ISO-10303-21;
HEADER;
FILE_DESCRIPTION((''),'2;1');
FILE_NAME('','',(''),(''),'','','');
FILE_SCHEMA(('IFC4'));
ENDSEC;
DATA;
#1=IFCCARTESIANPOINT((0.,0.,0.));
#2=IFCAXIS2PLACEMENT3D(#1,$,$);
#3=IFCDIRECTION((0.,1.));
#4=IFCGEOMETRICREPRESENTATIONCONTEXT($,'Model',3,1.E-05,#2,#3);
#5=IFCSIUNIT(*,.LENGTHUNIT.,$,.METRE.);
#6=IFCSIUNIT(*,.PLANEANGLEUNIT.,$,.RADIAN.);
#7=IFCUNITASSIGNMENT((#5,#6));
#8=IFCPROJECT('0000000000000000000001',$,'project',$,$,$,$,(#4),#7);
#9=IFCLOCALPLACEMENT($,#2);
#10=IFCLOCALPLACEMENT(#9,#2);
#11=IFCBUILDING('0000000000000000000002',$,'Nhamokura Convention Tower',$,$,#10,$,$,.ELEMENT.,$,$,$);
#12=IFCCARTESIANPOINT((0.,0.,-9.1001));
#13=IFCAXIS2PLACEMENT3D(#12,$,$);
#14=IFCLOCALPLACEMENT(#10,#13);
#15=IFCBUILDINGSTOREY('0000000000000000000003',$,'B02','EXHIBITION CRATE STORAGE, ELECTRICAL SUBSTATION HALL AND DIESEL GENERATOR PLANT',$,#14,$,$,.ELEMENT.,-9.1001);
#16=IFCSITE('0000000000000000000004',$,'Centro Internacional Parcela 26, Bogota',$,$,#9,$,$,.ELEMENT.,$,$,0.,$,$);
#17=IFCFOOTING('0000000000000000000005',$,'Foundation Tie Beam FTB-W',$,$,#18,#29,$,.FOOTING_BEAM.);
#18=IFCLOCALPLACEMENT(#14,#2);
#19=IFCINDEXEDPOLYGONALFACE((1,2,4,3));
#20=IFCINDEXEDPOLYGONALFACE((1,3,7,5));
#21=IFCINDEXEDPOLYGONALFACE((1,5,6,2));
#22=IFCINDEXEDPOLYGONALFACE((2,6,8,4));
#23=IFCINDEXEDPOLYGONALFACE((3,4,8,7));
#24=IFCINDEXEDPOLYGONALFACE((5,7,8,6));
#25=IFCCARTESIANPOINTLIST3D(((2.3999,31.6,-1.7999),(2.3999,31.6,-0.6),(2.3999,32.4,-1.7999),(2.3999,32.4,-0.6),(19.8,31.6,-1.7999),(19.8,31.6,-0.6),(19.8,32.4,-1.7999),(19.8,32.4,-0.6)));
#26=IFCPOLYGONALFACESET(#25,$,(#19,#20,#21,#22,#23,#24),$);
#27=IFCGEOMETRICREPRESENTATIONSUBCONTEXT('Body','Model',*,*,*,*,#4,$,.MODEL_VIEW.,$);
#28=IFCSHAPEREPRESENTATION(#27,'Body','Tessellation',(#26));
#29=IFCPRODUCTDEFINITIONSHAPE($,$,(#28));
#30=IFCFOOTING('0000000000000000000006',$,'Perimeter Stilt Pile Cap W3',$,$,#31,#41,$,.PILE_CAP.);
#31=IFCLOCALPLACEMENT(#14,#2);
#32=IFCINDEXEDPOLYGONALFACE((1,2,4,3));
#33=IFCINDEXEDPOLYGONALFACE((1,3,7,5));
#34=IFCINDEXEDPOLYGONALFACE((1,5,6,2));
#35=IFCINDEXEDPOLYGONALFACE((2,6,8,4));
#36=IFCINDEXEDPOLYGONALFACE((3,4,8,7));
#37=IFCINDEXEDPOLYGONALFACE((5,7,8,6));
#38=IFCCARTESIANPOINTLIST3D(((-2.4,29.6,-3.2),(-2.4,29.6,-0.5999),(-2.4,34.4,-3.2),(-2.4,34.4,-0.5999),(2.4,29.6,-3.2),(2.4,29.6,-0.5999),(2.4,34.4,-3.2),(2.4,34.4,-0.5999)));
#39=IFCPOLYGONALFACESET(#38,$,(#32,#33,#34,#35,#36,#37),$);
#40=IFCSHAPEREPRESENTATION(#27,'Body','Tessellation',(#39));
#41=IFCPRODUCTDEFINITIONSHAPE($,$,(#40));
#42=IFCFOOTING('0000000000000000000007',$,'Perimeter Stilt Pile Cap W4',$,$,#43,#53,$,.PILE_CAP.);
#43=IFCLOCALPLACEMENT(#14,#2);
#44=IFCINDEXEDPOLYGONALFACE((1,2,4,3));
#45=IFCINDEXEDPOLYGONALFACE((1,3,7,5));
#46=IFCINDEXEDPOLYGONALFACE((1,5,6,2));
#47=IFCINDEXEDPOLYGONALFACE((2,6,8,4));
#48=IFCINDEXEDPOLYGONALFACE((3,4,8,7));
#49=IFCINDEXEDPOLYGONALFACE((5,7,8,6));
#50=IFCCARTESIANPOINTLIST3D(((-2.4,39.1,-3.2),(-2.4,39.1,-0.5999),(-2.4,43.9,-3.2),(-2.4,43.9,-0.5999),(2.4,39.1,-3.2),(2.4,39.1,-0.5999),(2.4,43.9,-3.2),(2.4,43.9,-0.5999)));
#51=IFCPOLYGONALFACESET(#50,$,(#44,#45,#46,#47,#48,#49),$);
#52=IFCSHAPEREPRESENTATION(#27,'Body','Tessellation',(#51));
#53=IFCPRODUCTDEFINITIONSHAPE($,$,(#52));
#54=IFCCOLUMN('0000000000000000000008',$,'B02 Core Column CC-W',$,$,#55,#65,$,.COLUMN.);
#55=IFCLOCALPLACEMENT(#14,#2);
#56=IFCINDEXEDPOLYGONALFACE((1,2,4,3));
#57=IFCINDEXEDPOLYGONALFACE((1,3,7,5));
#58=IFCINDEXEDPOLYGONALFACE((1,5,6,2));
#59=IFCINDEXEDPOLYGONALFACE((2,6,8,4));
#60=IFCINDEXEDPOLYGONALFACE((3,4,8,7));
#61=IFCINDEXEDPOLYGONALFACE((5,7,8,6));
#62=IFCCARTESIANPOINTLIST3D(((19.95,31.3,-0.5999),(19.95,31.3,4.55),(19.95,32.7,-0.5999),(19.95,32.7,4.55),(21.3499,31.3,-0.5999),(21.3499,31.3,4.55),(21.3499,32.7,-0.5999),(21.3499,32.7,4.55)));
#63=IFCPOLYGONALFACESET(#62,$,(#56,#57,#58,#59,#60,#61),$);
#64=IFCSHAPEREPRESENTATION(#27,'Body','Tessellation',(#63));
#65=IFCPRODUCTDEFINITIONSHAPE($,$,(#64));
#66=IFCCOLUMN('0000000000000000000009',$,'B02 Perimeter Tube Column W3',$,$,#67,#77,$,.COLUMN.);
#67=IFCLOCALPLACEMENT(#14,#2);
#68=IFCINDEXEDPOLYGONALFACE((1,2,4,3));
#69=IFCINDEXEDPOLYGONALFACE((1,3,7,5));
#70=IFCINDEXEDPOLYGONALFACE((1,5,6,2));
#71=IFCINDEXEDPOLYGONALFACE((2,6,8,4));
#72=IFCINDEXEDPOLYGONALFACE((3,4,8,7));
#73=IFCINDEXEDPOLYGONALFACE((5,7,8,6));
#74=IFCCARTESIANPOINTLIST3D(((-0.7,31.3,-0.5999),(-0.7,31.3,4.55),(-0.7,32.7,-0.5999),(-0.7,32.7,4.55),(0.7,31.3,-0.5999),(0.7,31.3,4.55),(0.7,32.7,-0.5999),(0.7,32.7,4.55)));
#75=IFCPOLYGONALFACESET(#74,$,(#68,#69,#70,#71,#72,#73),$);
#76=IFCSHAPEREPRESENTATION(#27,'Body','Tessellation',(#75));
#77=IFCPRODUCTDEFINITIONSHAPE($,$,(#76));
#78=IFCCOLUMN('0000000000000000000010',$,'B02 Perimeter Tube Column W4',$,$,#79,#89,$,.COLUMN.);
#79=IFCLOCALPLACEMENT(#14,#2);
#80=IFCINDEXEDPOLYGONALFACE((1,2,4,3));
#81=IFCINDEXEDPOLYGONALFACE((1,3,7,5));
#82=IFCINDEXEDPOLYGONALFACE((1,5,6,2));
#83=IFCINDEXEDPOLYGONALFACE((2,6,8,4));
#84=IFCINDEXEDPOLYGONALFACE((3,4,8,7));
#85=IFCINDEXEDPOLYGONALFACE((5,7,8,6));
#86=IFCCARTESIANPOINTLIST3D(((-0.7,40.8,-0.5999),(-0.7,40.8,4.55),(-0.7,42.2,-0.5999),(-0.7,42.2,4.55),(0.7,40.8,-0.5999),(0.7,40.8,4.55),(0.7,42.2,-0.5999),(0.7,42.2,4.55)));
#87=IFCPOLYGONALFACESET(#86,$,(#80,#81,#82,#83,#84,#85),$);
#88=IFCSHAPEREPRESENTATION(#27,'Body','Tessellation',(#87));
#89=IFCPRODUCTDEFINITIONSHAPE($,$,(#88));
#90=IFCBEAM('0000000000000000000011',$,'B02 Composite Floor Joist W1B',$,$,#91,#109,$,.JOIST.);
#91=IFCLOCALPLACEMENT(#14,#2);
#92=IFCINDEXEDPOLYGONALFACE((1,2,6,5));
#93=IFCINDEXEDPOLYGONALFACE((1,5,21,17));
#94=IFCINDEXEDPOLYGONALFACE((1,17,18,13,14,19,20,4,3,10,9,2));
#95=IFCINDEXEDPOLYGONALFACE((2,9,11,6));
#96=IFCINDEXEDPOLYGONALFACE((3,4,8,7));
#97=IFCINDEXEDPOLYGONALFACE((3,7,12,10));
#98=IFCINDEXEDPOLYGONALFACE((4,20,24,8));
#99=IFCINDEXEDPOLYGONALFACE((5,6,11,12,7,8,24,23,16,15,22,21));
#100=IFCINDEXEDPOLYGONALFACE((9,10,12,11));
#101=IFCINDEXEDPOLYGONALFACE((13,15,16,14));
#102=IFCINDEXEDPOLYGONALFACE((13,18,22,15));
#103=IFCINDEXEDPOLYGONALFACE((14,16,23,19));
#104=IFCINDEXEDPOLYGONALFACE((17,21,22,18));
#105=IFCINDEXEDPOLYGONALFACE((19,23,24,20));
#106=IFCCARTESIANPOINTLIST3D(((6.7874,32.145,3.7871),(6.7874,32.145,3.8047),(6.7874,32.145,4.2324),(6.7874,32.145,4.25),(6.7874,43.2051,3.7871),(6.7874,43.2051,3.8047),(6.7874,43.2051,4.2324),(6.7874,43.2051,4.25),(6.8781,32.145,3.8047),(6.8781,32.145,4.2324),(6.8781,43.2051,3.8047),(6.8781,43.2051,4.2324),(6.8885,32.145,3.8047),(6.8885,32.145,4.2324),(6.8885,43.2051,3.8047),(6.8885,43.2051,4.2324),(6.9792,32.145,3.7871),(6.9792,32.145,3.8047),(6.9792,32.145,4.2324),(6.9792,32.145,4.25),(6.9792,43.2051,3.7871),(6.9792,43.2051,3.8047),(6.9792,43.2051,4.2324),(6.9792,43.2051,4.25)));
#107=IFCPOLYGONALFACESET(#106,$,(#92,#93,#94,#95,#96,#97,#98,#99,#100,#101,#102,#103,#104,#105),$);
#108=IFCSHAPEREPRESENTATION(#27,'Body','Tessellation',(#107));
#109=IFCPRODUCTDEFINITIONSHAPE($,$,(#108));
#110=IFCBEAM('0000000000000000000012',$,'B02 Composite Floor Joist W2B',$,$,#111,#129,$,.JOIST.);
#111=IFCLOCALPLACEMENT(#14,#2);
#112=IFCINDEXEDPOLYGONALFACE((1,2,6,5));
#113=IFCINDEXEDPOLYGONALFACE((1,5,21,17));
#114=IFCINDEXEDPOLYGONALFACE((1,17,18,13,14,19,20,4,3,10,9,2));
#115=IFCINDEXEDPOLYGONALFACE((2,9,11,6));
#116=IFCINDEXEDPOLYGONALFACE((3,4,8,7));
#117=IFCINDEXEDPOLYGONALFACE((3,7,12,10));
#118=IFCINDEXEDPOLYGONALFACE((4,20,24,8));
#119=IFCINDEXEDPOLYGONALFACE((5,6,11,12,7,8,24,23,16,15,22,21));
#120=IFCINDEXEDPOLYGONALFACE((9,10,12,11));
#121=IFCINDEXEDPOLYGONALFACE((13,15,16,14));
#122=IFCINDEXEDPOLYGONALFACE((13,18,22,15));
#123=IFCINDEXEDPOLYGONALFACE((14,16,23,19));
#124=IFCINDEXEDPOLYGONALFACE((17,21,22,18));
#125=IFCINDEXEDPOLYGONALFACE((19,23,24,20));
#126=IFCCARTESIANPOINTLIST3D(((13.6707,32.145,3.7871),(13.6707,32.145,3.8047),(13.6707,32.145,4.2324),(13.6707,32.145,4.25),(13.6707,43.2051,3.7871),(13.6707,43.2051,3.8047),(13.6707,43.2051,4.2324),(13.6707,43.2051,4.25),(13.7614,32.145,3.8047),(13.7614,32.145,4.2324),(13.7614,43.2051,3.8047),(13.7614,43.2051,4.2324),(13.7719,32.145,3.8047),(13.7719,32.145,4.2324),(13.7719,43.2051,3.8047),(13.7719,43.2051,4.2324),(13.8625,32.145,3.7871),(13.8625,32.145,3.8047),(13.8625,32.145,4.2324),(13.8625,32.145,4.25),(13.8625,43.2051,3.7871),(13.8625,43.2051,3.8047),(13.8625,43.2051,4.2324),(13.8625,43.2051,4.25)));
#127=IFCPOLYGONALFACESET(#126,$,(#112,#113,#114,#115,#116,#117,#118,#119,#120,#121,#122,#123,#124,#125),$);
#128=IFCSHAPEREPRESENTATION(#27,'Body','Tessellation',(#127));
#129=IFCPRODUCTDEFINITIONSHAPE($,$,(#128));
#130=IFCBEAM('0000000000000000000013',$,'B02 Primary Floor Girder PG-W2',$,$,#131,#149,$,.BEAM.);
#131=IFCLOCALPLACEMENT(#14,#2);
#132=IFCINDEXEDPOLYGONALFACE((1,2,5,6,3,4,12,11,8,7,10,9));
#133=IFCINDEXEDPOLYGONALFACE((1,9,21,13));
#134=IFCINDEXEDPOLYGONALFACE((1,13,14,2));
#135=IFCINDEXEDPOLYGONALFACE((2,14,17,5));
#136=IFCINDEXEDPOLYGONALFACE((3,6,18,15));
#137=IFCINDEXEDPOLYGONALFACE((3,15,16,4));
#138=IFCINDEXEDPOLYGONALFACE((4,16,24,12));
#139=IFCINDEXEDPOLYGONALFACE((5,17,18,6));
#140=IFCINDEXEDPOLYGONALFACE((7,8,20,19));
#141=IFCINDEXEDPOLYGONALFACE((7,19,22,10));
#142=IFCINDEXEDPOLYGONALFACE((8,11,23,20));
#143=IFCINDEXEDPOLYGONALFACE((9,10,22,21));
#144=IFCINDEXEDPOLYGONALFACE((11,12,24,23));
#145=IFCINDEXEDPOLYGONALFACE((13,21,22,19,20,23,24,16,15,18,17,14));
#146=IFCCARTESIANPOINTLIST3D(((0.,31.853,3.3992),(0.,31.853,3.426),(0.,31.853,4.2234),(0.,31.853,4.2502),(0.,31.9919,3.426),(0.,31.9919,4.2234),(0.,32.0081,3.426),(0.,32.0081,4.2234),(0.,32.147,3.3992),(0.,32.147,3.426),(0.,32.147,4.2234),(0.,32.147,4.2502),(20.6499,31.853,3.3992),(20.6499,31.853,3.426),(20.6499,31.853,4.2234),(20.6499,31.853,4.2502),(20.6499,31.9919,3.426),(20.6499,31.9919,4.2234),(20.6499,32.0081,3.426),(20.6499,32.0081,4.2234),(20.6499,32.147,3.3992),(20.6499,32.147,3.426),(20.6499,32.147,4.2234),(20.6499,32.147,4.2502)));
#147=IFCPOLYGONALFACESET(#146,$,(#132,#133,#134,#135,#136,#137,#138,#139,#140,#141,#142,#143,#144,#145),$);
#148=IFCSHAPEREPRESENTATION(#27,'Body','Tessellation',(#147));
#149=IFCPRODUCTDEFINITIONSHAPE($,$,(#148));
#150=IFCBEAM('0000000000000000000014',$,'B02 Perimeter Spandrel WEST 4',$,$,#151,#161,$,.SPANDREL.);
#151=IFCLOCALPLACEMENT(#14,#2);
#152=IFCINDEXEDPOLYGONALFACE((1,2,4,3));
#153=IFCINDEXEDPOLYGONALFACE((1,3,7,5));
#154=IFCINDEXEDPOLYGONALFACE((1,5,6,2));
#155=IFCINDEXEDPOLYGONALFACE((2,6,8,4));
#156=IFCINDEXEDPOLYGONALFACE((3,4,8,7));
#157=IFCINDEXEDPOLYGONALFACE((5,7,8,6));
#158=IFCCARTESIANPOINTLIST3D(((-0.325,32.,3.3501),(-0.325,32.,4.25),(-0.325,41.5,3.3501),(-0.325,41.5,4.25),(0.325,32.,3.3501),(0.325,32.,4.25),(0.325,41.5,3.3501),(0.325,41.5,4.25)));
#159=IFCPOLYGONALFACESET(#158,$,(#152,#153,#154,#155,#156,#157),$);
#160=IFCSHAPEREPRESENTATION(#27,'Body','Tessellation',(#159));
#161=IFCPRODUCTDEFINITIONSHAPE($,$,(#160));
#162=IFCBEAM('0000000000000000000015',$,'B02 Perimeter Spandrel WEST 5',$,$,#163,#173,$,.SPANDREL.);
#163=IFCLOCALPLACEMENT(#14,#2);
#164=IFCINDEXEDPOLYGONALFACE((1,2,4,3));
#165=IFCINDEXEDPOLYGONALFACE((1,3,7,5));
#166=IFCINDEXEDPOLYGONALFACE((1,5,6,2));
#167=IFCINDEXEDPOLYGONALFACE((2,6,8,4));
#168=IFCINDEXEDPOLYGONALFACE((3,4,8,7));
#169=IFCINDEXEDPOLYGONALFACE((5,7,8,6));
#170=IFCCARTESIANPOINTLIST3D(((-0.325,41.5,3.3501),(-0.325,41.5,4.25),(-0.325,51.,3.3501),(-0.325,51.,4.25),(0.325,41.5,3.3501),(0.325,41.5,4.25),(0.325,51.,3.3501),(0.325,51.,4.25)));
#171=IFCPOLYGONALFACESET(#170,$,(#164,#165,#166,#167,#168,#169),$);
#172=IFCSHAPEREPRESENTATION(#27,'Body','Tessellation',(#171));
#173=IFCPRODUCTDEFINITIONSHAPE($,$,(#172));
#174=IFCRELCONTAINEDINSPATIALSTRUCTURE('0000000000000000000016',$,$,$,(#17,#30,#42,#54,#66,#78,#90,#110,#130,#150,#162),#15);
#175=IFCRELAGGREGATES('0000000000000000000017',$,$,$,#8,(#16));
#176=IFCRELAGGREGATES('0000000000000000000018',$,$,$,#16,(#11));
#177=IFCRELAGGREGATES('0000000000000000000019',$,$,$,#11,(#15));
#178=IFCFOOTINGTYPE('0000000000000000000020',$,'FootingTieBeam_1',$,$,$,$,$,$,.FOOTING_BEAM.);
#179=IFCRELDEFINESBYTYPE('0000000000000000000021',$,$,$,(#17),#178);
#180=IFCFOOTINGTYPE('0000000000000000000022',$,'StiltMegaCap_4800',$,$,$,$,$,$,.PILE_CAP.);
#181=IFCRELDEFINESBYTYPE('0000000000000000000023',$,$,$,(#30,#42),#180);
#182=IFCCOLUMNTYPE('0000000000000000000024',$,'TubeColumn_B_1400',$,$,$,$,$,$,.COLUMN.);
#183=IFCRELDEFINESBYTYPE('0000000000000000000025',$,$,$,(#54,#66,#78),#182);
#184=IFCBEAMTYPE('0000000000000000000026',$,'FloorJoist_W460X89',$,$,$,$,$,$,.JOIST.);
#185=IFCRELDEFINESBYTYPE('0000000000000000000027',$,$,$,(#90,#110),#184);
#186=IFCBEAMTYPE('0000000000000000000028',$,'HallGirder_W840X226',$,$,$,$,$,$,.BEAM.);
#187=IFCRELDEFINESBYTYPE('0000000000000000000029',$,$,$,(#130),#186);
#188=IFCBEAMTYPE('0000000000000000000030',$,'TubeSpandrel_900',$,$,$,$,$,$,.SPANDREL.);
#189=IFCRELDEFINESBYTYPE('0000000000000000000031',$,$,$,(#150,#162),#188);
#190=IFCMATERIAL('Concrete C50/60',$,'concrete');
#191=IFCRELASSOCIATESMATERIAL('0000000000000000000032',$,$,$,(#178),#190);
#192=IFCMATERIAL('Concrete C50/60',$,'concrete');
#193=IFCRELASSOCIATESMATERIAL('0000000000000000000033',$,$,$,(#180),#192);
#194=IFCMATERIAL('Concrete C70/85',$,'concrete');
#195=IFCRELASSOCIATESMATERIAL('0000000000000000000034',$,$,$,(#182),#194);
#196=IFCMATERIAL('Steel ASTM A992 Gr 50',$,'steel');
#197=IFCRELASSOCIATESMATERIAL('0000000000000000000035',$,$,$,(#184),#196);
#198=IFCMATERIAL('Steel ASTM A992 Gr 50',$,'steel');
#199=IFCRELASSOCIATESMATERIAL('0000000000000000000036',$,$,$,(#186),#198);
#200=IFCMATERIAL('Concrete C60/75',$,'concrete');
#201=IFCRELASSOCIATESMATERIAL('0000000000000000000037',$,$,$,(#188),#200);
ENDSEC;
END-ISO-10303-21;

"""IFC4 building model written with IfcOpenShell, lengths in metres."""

from ifc_helpers import new_model, si_unit, direction, frame, origin, origin_2d, place, context, subcontext, project, spatial, rectangle, i_section, extrude, material, material_profile, profile_set, type_object, element, save


model = new_model("IFC4")

# Units and contexts
model_context = context("Model", 3, precision=1e-05, world=origin(), true_north=direction((0.0, 1.0)))
body_context = subcontext(model_context, "Body", "Model", "MODEL_VIEW")
ifc_project = project(units=[si_unit("LENGTHUNIT", "METRE"), si_unit("PLANEANGLEUNIT", "RADIAN")], contexts=[model_context])

# Site, building, storey
site_placement = place(None, origin())
site = spatial("IfcSite", under=ifc_project, at=site_placement, Name="Centro Internacional Parcela 26, Bogota", CompositionType="ELEMENT", RefElevation=0.0)
building_placement = place(site_placement, origin())
building = spatial("IfcBuilding", under=site, at=building_placement, Name="Nhamokura Convention Tower", CompositionType="ELEMENT")
storey_placement = place(building_placement, frame((0.0, 0.0, -9.1001)))
storey = spatial("IfcBuildingStorey", under=building, at=storey_placement, Name="B02", Description="EXHIBITION CRATE STORAGE, ELECTRICAL SUBSTATION HALL AND DIESEL GENERATOR PLANT", CompositionType="ELEMENT", Elevation=-9.1001)

# Footings
ifc_material_1 = material(Name="Concrete C50/60", Category="concrete")
ifc_material_profile_1 = material_profile(ifc_material_1, rectangle(XDim=0.8, YDim=1.2, at=origin_2d()))
ifc_profile_set_1 = profile_set([ifc_material_profile_1], Name="Concrete C50/60")
footing_type_1 = type_object("IfcFootingType", Name="FootingTieBeam_1", PredefinedType="FOOTING_BEAM", material=ifc_profile_set_1)
footing_placement = place(storey_placement, frame((2.3999, 32.0, -1.2), z_axis=(1.0, 0.0, 0.0), x_axis=(0.0, 1.0, 0.0)))
element("IfcFooting", 1, at=footing_placement, inside=storey, type_object=footing_type_1, Name="Foundation Tie Beam FTB-W", PredefinedType="FOOTING_BEAM", context=body_context, shape_type="SweptSolid", body=[
    extrude(rectangle(XDim=0.8, YDim=1.2, at=origin_2d()), origin(), (0.0, 0.0, 1.0), 17.4001),
])
ifc_material_2 = material(Name="Concrete C50/60", Category="concrete")
footing_type_2 = type_object("IfcFootingType", Name="StiltMegaCap_4800", PredefinedType="PILE_CAP", material=ifc_material_2)
for number, where, z_axis, x_axis, name in (
    (2, (0.0, 32.0, -3.2), (0.0, 0.0, 1.0), (1.0, 0.0, 0.0), "Perimeter Stilt Pile Cap W3"),
    (3, (0.0, 41.5, -3.2), (0.0, 0.0, 1.0), (1.0, 0.0, 0.0), "Perimeter Stilt Pile Cap W4"),
):
    element("IfcFooting", number, at=place(storey_placement, frame(where, z_axis=z_axis, x_axis=x_axis)), inside=storey, type_object=footing_type_2, Name=name, PredefinedType="PILE_CAP", context=body_context, shape_type="SweptSolid", body=[
        extrude(rectangle(XDim=4.8, YDim=4.8, at=origin_2d()), origin(), (0.0, 0.0, 1.0), 2.6001),
    ])

# Columns
ifc_material_3 = material(Name="Concrete C70/85", Category="concrete")
ifc_material_profile_2 = material_profile(ifc_material_3, rectangle(XDim=1.3999, YDim=1.3999, at=origin_2d()))
ifc_profile_set_2 = profile_set([ifc_material_profile_2], Name="Concrete C70/85")
column_type = type_object("IfcColumnType", Name="TubeColumn_B_1400", PredefinedType="COLUMN", material=ifc_profile_set_2)
for number, where, z_axis, x_axis, name in (
    (4, (20.6499, 32.0, -0.5999), (0.0, 0.0, 1.0), (1.0, 0.0, 0.0), "B02 Core Column CC-W"),
    (5, (0.0, 32.0, -0.5999), (0.0, 0.0, 1.0), (1.0, 0.0, 0.0), "B02 Perimeter Tube Column W3"),
    (6, (0.0, 41.5, -0.5999), (0.0, 0.0, 1.0), (1.0, 0.0, 0.0), "B02 Perimeter Tube Column W4"),
):
    element("IfcColumn", number, at=place(storey_placement, frame(where, z_axis=z_axis, x_axis=x_axis)), inside=storey, type_object=column_type, Name=name, PredefinedType="COLUMN", context=body_context, shape_type="SweptSolid", body=[
        extrude(rectangle(XDim=1.3999, YDim=1.3999, at=origin_2d()), origin(), (0.0, 0.0, 1.0), 5.1499),
    ])

# Beams
ifc_material_4 = material(Name="Steel ASTM A992 Gr 50", Category="steel")
ifc_material_profile_3 = material_profile(ifc_material_4, i_section(OverallWidth=0.1919, OverallDepth=0.4629, WebThickness=0.0105, FlangeThickness=0.0176, at=origin_2d()))
ifc_profile_set_3 = profile_set([ifc_material_profile_3], Name="Steel ASTM A992 Gr 50")
beam_type_1 = type_object("IfcBeamType", Name="FloorJoist_W460X89", PredefinedType="JOIST", material=ifc_profile_set_3)
for number, where, z_axis, x_axis, name in (
    (7, (6.8833, 32.145, 4.0186), (0.0, 1.0, 0.0), (-1.0, 0.0, 0.0), "B02 Composite Floor Joist W1B"),
    (8, (13.7666, 32.145, 4.0186), (0.0, 1.0, 0.0), (-1.0, 0.0, 0.0), "B02 Composite Floor Joist W2B"),
):
    element("IfcBeam", number, at=place(storey_placement, frame(where, z_axis=z_axis, x_axis=x_axis)), inside=storey, type_object=beam_type_1, Name=name, PredefinedType="JOIST", context=body_context, shape_type="SweptSolid", body=[
        extrude(i_section(OverallWidth=0.1919, OverallDepth=0.4629, WebThickness=0.0105, FlangeThickness=0.0176, at=origin_2d()), origin(), (0.0, 0.0, 1.0), 11.0601),
    ])
ifc_material_5 = material(Name="Steel ASTM A992 Gr 50", Category="steel")
ifc_material_profile_4 = material_profile(ifc_material_5, i_section(OverallWidth=0.2939, OverallDepth=0.8511, WebThickness=0.0161, FlangeThickness=0.0269, at=origin_2d()))
ifc_profile_set_4 = profile_set([ifc_material_profile_4], Name="Steel ASTM A992 Gr 50")
beam_type_2 = type_object("IfcBeamType", Name="HallGirder_W840X226", PredefinedType="BEAM", material=ifc_profile_set_4)
beam_placement = place(storey_placement, frame((0.0, 32.0, 3.8247), z_axis=(1.0, 0.0, 0.0), x_axis=(0.0, 1.0, 0.0)))
element("IfcBeam", 9, at=beam_placement, inside=storey, type_object=beam_type_2, Name="B02 Primary Floor Girder PG-W2", PredefinedType="BEAM", context=body_context, shape_type="SweptSolid", body=[
    extrude(i_section(OverallWidth=0.2939, OverallDepth=0.8511, WebThickness=0.0161, FlangeThickness=0.0269, at=origin_2d()), origin(), (0.0, 0.0, 1.0), 20.6499),
])
ifc_material_6 = material(Name="Concrete C60/75", Category="concrete")
ifc_material_profile_5 = material_profile(ifc_material_6, rectangle(XDim=0.6499, YDim=0.8999, at=origin_2d()))
ifc_profile_set_5 = profile_set([ifc_material_profile_5], Name="Concrete C60/75")
beam_type_3 = type_object("IfcBeamType", Name="TubeSpandrel_900", PredefinedType="SPANDREL", material=ifc_profile_set_5)
for number, where, z_axis, x_axis, name in (
    (10, (0.0, 32.0, 3.8), (0.0, 1.0, 0.0), (-1.0, 0.0, 0.0), "B02 Perimeter Spandrel WEST 4"),
    (11, (0.0, 41.5, 3.8), (0.0, 1.0, 0.0), (-1.0, 0.0, 0.0), "B02 Perimeter Spandrel WEST 5"),
):
    element("IfcBeam", number, at=place(storey_placement, frame(where, z_axis=z_axis, x_axis=x_axis)), inside=storey, type_object=beam_type_3, Name=name, PredefinedType="SPANDREL", context=body_context, shape_type="SweptSolid", body=[
        extrude(rectangle(XDim=0.6499, YDim=0.8999, at=origin_2d()), origin(), (0.0, 0.0, 1.0), 9.5),
    ])

save(model, "model.ifc")
